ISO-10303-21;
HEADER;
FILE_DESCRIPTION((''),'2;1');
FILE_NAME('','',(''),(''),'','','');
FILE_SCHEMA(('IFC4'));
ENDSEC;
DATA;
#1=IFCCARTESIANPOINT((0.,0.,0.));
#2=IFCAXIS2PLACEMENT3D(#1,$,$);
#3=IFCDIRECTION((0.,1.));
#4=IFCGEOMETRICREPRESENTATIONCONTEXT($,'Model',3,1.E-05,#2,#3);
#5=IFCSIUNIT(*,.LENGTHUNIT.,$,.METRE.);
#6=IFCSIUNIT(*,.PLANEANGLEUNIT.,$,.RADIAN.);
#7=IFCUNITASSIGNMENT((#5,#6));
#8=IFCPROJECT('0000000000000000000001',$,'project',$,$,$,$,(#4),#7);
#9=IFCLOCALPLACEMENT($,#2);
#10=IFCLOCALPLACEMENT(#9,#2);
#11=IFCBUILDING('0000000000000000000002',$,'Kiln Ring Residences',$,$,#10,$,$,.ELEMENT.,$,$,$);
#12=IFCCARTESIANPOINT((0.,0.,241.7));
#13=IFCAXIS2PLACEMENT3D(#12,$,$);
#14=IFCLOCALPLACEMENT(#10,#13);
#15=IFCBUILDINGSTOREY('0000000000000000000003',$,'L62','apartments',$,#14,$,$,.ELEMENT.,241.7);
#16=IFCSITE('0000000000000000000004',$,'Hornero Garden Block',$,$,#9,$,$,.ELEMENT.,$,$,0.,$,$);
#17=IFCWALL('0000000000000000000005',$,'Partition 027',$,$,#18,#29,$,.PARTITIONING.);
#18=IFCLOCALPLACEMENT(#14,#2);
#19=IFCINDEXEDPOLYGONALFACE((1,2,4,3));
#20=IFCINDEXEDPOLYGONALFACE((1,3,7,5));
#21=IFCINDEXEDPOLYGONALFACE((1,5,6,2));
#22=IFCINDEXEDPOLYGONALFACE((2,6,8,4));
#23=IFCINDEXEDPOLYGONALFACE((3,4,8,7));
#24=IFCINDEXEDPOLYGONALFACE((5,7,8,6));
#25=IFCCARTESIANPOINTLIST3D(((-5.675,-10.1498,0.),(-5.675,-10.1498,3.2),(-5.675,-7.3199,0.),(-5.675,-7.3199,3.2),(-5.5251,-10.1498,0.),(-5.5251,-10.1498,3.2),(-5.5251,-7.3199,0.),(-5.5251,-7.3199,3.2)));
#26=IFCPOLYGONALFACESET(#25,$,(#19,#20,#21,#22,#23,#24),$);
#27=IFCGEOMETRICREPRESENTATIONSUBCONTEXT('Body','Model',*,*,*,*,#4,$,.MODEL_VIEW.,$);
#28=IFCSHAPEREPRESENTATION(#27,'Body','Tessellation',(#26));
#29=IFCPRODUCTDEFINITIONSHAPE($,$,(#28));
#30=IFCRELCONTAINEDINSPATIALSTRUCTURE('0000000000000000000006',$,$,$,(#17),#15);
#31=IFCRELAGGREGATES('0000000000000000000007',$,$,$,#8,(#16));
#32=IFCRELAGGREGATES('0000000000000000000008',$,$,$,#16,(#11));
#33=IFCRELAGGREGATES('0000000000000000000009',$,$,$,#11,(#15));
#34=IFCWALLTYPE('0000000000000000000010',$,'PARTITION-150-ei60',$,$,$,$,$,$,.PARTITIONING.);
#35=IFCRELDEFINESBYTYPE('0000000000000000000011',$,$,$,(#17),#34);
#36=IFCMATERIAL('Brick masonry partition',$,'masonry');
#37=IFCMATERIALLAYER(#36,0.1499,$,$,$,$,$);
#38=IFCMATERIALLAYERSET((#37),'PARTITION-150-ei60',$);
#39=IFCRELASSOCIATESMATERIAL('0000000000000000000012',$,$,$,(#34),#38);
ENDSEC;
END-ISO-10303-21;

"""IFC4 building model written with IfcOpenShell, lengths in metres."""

from ifc_helpers import new_model, si_unit, direction, frame, frame_2d, origin, place, context, subcontext, project, spatial, rectangle, extrude, material, layer, layer_set, type_object, element, save


model = new_model("IFC4")

# Units and contexts
model_context = context("Model", 3, precision=1e-05, world=origin(), true_north=direction((0.0, 1.0)))
body_context = subcontext(model_context, "Body", "Model", "MODEL_VIEW")
ifc_project = project(units=[si_unit("LENGTHUNIT", "METRE"), si_unit("PLANEANGLEUNIT", "RADIAN")], contexts=[model_context])

# Site, building, storey
site_placement = place(None, origin())
site = spatial("IfcSite", under=ifc_project, at=site_placement, Name="Hornero Garden Block", CompositionType="ELEMENT", RefElevation=0.0)
building_placement = place(site_placement, origin())
building = spatial("IfcBuilding", under=site, at=building_placement, Name="Kiln Ring Residences", CompositionType="ELEMENT")
storey_placement = place(building_placement, frame((0.0, 0.0, 241.7)))
storey = spatial("IfcBuildingStorey", under=building, at=storey_placement, Name="L62", Description="apartments", CompositionType="ELEMENT", Elevation=241.7)

# Shared definitions
ifc_material_1 = material(Name="Brick masonry partition", Category="masonry")
ifc_layer_1 = layer(ifc_material_1, 0.1499)
ifc_layer_set_1 = layer_set([ifc_layer_1], Name="PARTITION-150-ei60")
wall_type_1 = type_object("IfcWallType", Name="PARTITION-150-ei60", PredefinedType="PARTITIONING", material=ifc_layer_set_1)

# Wall
wall_1_placement = place(storey_placement, frame((-5.6001, -10.1499, 0.0), z_axis=(0.0, 0.0, 1.0), x_axis=(0.0, 1.0, 0.0)))
element("IfcWall", 1, at=wall_1_placement, inside=storey, type_object=wall_type_1, Name="Partition 027", PredefinedType="PARTITIONING", context=body_context, shape_type="SweptSolid", body=[
    extrude(rectangle(XDim=2.8298, YDim=0.1499, at=frame_2d((1.415, 0.0))), origin(), (0.0, 0.0, 1.0), 3.2),
])

save(model, "model.ifc")
